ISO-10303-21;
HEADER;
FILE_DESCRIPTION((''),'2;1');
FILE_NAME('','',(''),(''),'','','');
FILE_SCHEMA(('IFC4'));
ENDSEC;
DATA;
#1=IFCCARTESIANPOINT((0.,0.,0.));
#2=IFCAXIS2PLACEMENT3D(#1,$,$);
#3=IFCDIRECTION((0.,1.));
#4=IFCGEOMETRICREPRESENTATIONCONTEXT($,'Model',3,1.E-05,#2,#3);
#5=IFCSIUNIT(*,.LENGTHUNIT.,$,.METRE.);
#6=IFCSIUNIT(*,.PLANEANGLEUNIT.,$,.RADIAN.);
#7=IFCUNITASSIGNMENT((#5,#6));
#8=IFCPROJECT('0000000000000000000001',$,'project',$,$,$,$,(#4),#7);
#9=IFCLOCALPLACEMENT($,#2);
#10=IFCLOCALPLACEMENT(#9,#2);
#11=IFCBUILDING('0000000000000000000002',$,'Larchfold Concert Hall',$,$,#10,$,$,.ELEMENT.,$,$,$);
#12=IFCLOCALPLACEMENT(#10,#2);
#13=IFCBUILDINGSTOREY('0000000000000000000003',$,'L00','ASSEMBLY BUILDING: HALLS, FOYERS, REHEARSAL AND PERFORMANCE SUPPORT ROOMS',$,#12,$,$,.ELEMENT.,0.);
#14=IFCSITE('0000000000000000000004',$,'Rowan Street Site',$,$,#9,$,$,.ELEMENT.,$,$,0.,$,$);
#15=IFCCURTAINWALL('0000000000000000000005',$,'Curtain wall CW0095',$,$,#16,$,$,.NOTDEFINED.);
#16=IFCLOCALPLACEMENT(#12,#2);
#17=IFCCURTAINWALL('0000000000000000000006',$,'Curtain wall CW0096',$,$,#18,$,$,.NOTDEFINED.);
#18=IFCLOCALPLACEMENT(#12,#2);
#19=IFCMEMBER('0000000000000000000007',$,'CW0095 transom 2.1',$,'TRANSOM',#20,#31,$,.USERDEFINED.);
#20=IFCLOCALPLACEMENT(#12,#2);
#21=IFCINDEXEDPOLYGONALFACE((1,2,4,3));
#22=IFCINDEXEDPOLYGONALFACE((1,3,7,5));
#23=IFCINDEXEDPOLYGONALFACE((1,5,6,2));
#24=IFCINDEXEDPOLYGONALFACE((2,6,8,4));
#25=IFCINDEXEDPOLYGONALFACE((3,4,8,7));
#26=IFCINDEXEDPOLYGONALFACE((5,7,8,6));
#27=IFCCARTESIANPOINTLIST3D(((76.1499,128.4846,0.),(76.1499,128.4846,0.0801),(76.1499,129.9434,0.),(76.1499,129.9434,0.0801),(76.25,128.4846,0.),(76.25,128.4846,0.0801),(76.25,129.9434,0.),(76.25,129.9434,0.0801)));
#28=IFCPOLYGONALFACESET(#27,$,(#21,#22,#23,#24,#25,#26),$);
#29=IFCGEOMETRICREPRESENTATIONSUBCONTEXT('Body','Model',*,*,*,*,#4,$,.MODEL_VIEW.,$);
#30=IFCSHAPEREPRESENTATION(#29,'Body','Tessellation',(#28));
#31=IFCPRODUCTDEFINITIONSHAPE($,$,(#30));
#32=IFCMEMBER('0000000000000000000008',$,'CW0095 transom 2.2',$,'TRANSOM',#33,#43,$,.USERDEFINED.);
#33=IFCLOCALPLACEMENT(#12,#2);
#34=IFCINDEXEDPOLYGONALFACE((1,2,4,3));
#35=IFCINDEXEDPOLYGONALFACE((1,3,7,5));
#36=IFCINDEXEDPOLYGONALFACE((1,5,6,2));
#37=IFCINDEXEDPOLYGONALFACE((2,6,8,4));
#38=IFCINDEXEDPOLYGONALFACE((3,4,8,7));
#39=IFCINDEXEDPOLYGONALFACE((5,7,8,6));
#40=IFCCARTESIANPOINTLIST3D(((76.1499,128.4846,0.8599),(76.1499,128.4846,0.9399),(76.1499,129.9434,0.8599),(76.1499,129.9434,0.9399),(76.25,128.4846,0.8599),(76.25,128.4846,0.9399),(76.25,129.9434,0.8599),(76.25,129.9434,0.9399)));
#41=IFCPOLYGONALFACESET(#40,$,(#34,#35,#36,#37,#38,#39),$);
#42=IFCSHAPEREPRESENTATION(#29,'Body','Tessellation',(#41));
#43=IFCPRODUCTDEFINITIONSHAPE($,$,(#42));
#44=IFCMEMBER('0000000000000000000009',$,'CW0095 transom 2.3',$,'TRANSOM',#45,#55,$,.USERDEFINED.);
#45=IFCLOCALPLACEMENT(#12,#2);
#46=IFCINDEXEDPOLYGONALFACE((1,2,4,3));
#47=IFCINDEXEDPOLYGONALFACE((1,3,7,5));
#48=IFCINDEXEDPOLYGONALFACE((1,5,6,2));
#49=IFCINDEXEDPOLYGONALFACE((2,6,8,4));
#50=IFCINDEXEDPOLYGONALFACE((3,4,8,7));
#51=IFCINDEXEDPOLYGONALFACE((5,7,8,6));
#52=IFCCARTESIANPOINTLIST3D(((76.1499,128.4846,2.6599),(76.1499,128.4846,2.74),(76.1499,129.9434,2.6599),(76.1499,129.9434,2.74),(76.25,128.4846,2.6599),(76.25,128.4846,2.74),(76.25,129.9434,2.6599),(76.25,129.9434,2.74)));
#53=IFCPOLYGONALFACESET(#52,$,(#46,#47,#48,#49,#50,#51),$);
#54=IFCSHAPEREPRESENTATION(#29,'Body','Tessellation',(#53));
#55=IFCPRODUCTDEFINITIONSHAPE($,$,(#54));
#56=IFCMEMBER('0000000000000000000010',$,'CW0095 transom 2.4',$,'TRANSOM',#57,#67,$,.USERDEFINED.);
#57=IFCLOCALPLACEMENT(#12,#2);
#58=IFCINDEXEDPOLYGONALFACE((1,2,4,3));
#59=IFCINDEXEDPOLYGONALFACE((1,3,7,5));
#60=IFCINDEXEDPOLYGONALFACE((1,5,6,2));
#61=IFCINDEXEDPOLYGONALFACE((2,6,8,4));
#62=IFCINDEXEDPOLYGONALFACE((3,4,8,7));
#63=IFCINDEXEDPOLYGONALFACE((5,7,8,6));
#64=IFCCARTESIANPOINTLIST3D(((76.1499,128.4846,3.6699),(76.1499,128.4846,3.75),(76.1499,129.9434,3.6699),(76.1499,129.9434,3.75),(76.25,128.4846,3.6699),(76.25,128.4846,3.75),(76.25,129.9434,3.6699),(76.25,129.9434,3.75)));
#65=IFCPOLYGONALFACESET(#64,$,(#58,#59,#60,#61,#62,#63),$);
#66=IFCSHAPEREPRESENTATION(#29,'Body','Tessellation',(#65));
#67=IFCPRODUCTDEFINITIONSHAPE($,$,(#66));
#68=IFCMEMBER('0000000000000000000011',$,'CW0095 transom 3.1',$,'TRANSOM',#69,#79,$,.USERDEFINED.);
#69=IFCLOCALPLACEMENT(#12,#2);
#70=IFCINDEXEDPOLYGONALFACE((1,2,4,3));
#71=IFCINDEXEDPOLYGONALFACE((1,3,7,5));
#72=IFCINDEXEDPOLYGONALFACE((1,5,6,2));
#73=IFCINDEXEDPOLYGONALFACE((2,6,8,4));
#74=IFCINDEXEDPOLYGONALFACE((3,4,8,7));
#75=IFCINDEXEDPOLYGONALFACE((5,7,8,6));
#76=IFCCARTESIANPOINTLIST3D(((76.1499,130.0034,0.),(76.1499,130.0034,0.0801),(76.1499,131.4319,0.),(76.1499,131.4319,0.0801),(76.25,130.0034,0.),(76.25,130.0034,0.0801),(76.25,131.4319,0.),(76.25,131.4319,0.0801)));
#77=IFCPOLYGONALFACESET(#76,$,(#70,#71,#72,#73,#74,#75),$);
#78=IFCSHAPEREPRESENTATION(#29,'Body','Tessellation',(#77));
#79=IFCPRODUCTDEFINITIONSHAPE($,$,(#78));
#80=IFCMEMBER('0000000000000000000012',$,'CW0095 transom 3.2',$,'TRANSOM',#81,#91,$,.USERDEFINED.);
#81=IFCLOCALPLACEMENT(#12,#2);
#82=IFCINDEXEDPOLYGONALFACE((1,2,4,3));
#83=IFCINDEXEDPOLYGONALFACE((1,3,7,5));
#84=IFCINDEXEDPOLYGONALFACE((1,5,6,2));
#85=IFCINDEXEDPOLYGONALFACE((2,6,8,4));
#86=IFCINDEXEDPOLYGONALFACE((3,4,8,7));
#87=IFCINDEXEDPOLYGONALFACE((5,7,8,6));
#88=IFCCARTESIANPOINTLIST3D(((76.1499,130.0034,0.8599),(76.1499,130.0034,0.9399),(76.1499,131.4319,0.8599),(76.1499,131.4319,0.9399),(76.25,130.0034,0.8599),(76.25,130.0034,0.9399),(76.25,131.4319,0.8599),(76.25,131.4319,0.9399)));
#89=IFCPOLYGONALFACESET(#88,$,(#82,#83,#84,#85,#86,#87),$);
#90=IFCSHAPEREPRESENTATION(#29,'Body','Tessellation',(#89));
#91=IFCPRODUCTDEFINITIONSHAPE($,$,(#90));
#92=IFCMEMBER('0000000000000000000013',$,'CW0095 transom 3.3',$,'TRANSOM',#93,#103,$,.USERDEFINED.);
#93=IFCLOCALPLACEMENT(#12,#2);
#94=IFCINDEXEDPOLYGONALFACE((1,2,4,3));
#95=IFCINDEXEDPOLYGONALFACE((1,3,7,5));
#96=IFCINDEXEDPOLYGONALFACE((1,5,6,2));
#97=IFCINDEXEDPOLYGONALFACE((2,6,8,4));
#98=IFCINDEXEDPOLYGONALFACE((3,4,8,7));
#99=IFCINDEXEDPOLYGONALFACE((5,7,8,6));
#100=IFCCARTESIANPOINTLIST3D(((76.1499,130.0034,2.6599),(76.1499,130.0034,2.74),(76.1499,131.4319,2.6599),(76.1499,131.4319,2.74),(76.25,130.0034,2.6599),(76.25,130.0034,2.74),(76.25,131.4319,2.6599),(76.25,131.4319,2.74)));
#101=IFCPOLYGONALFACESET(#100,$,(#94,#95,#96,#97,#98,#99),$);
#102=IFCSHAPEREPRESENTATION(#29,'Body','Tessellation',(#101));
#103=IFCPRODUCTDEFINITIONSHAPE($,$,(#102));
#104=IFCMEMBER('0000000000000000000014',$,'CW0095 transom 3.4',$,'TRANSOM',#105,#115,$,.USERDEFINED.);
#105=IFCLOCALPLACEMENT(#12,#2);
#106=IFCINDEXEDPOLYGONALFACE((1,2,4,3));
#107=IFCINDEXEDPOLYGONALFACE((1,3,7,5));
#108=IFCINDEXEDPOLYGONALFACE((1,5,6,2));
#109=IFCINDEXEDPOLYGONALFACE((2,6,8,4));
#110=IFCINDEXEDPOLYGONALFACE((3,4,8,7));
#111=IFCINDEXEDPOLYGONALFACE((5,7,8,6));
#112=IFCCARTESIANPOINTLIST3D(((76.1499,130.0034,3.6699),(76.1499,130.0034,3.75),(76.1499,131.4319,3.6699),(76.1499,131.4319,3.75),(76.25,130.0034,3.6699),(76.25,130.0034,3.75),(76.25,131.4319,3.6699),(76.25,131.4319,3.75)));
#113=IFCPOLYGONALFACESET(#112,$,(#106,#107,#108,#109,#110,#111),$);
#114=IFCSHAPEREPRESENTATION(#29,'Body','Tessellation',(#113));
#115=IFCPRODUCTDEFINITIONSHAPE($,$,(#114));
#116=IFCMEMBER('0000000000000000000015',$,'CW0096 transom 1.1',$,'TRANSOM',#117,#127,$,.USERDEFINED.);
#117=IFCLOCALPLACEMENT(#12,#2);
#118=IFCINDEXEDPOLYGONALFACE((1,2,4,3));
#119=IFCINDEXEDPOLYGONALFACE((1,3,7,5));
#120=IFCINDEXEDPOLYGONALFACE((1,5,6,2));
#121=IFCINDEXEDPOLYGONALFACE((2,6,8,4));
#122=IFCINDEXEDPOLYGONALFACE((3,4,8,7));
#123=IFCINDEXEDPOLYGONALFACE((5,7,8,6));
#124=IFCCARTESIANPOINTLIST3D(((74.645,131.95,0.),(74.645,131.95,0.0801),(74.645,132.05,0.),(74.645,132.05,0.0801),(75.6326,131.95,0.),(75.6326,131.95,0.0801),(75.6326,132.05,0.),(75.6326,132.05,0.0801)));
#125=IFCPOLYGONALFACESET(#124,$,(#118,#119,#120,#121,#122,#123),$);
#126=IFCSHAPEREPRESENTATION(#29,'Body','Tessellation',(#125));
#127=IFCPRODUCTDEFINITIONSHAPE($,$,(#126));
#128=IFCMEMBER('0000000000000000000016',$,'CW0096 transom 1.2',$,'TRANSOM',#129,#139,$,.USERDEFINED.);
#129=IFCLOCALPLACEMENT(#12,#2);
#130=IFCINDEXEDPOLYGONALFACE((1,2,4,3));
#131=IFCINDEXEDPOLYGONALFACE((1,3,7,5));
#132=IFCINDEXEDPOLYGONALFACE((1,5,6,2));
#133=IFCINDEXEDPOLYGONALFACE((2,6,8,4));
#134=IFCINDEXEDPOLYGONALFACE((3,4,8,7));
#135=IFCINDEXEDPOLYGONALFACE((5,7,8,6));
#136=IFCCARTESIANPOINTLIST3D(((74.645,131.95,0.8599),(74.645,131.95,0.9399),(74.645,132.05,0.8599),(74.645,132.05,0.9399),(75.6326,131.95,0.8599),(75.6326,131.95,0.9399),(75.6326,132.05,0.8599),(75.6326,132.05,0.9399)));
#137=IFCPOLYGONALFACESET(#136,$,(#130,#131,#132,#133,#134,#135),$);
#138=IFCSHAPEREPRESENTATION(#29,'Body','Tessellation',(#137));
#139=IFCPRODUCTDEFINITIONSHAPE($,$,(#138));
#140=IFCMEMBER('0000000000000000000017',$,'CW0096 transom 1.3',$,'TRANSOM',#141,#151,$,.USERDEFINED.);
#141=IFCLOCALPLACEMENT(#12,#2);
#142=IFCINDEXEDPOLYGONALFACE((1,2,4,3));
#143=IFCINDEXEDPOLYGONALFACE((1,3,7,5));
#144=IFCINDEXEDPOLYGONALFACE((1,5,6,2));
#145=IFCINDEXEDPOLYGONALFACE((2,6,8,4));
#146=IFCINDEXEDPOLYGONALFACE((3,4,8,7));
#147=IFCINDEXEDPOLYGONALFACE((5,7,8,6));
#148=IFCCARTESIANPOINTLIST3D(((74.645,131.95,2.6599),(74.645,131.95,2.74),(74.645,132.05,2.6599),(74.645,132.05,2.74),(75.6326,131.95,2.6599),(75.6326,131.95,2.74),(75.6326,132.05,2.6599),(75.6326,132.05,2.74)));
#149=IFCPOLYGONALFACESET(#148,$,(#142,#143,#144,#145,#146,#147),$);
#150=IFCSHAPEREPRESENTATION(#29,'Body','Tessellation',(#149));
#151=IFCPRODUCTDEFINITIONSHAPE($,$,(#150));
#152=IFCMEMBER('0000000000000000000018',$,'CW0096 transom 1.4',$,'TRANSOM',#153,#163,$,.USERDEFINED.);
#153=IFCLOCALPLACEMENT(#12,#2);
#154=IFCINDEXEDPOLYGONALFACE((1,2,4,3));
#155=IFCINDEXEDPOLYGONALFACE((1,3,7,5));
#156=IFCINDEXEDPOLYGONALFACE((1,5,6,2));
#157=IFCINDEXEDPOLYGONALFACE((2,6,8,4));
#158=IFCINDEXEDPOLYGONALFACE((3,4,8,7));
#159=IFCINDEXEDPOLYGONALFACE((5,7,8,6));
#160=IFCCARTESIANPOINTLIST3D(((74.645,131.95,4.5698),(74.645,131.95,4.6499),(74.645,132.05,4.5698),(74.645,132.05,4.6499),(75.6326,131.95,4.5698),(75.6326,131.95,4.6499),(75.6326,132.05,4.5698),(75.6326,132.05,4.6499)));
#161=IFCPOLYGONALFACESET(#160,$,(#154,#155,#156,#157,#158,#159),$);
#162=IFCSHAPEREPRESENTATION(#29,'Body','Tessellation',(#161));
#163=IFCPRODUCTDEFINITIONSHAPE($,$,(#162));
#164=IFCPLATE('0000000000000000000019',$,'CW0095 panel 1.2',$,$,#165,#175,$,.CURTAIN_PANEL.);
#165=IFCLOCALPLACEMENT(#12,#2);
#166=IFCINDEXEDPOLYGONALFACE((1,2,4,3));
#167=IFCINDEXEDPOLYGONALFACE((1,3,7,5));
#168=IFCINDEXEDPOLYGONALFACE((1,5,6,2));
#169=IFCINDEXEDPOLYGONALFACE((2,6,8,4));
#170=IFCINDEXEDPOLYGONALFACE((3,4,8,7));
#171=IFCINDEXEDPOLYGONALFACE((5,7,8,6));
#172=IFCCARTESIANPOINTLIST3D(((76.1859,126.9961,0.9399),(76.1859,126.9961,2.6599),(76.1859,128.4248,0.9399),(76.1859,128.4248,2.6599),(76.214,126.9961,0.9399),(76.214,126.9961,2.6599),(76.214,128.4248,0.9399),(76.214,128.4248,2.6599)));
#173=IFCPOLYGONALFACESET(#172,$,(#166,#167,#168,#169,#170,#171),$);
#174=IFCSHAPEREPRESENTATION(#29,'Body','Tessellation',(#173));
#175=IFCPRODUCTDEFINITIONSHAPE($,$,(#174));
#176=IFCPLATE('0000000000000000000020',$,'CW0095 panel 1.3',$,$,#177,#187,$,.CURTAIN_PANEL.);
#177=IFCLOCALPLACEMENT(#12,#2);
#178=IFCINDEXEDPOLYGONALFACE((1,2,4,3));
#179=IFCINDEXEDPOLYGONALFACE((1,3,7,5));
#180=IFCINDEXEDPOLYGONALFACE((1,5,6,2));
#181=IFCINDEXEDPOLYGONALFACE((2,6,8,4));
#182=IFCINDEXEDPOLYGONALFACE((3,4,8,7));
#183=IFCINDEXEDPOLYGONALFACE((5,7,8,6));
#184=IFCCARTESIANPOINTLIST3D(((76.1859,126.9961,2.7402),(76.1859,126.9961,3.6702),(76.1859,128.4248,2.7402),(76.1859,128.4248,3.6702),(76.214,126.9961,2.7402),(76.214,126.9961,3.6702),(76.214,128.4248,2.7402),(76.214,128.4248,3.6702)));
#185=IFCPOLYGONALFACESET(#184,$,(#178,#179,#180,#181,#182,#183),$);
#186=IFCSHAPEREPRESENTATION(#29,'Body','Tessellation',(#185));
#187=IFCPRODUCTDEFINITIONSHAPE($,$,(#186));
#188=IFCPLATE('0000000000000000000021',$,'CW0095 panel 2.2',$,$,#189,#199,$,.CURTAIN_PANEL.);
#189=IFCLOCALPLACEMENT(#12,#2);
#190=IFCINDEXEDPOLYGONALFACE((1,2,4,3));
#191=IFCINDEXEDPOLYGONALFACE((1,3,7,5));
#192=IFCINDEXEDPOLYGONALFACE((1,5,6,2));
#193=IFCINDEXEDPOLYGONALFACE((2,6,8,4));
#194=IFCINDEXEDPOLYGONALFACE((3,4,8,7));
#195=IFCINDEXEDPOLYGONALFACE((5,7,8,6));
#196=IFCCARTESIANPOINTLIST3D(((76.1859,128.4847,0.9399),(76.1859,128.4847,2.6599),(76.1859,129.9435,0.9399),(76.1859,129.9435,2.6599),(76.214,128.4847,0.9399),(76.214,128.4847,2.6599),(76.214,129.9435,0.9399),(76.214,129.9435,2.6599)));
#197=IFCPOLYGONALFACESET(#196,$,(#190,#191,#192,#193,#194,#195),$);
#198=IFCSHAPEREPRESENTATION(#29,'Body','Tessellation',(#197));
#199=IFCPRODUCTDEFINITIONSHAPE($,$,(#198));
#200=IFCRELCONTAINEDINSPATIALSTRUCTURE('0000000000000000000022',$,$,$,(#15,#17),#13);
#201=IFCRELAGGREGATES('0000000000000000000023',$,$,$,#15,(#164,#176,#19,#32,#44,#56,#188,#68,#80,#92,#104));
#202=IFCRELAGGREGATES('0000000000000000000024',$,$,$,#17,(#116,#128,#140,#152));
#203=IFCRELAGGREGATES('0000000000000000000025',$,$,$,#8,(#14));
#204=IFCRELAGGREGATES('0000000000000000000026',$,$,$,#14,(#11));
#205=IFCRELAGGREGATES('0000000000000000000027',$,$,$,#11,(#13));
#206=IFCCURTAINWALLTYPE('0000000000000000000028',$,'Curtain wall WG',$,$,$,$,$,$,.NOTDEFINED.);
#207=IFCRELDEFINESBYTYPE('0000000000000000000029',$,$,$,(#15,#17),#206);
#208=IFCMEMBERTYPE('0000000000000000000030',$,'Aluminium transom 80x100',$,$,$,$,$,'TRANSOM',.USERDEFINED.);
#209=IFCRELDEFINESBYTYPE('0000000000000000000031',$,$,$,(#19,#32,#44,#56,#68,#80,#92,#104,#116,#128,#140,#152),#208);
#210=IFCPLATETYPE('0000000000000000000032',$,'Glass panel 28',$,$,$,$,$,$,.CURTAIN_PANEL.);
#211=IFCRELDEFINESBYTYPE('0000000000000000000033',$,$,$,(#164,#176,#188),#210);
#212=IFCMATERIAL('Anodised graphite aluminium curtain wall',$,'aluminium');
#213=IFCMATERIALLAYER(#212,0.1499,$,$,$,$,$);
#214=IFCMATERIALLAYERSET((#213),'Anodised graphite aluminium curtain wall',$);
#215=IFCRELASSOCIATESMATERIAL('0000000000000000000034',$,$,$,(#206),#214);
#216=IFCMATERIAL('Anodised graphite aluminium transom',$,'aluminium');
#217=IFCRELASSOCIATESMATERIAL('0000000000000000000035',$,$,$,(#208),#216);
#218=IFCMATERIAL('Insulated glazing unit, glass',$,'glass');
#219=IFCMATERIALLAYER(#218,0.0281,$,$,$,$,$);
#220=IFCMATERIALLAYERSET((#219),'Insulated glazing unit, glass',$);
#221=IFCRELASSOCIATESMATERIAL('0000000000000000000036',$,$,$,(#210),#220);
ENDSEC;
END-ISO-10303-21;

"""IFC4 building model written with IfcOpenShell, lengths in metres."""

from ifc_helpers import new_model, si_unit, direction, frame, origin, origin_2d, place, context, subcontext, project, spatial, rectangle, extrude, material, layer, layer_set, material_profile, profile_set, type_object, element, aggregate, save


model = new_model("IFC4")

# Units and contexts
model_context = context("Model", 3, precision=1e-05, world=origin(), true_north=direction((0.0, 1.0)))
body_context = subcontext(model_context, "Body", "Model", "MODEL_VIEW")
ifc_project = project(units=[si_unit("LENGTHUNIT", "METRE"), si_unit("PLANEANGLEUNIT", "RADIAN")], contexts=[model_context])

# Site, building, storey
site_placement = place(None, origin())
site = spatial("IfcSite", under=ifc_project, at=site_placement, Name="Rowan Street Site", CompositionType="ELEMENT", RefElevation=0.0)
building_placement = place(site_placement, origin())
building = spatial("IfcBuilding", under=site, at=building_placement, Name="Larchfold Concert Hall", CompositionType="ELEMENT")
storey_placement = place(building_placement, origin())
storey = spatial("IfcBuildingStorey", under=building, at=storey_placement, Name="L00", Description="ASSEMBLY BUILDING: HALLS, FOYERS, REHEARSAL AND PERFORMANCE SUPPORT ROOMS", CompositionType="ELEMENT", Elevation=0.0)

# Curtain walls
ifc_material_1 = material(Name="Anodised graphite aluminium curtain wall", Category="aluminium")
ifc_layer_1 = layer(ifc_material_1, 0.1499)
ifc_layer_set_1 = layer_set([ifc_layer_1], Name="Anodised graphite aluminium curtain wall")
curtain_wall_type = type_object("IfcCurtainWallType", Name="Curtain wall WG", PredefinedType="NOTDEFINED", material=ifc_layer_set_1)
curtain_wall_1_placement = place(storey_placement, origin())
curtain_wall_1 = element("IfcCurtainWall", 1, at=curtain_wall_1_placement, inside=storey, type_object=curtain_wall_type, Name="Curtain wall CW0095", PredefinedType="NOTDEFINED")
curtain_wall_2_placement = place(storey_placement, origin())
curtain_wall_2 = element("IfcCurtainWall", 2, at=curtain_wall_2_placement, inside=storey, type_object=curtain_wall_type, Name="Curtain wall CW0096", PredefinedType="NOTDEFINED")

# Members
ifc_material_2 = material(Name="Anodised graphite aluminium transom", Category="aluminium")
ifc_material_profile_1 = material_profile(ifc_material_2, rectangle(XDim=0.1001, YDim=0.0801, at=origin_2d()))
ifc_profile_set_1 = profile_set([ifc_material_profile_1], Name="Anodised graphite aluminium transom")
member_type_1 = type_object("IfcMemberType", Name="Aluminium transom 80x100", ElementType="TRANSOM", PredefinedType="USERDEFINED", material=ifc_profile_set_1)
member_1_placement = place(storey_placement, frame((76.2, 128.4846, 0.04), z_axis=(0.0, 1.0, 0.0), x_axis=(-1.0, 0.0, 0.0)))
member_1 = element("IfcMember", 3, at=member_1_placement, type_object=member_type_1, Name="CW0095 transom 2.1", ObjectType="TRANSOM", PredefinedType="USERDEFINED", context=body_context, shape_type="SweptSolid", body=[
    extrude(rectangle(XDim=0.1001, YDim=0.0801, at=origin_2d()), origin(), (0.0, 0.0, 1.0), 1.4587),
])
member_2_placement = place(storey_placement, frame((76.2, 128.4846, 0.8999), z_axis=(0.0, 1.0, 0.0), x_axis=(-1.0, 0.0, 0.0)))
member_2 = element("IfcMember", 4, at=member_2_placement, type_object=member_type_1, Name="CW0095 transom 2.2", ObjectType="TRANSOM", PredefinedType="USERDEFINED", context=body_context, shape_type="SweptSolid", body=[
    extrude(rectangle(XDim=0.1001, YDim=0.0801, at=origin_2d()), origin(), (0.0, 0.0, 1.0), 1.4587),
])
member_3_placement = place(storey_placement, frame((76.2, 128.4846, 2.7), z_axis=(0.0, 1.0, 0.0), x_axis=(-1.0, 0.0, 0.0)))
member_3 = element("IfcMember", 5, at=member_3_placement, type_object=member_type_1, Name="CW0095 transom 2.3", ObjectType="TRANSOM", PredefinedType="USERDEFINED", context=body_context, shape_type="SweptSolid", body=[
    extrude(rectangle(XDim=0.1001, YDim=0.0801, at=origin_2d()), origin(), (0.0, 0.0, 1.0), 1.4587),
])
member_4_placement = place(storey_placement, frame((76.2, 128.4846, 3.71), z_axis=(0.0, 1.0, 0.0), x_axis=(-1.0, 0.0, 0.0)))
member_4 = element("IfcMember", 6, at=member_4_placement, type_object=member_type_1, Name="CW0095 transom 2.4", ObjectType="TRANSOM", PredefinedType="USERDEFINED", context=body_context, shape_type="SweptSolid", body=[
    extrude(rectangle(XDim=0.1001, YDim=0.0801, at=origin_2d()), origin(), (0.0, 0.0, 1.0), 1.4587),
])
member_5_placement = place(storey_placement, frame((76.2, 130.0034, 0.04), z_axis=(0.0, 1.0, 0.0), x_axis=(-1.0, 0.0, 0.0)))
member_5 = element("IfcMember", 7, at=member_5_placement, type_object=member_type_1, Name="CW0095 transom 3.1", ObjectType="TRANSOM", PredefinedType="USERDEFINED", context=body_context, shape_type="SweptSolid", body=[
    extrude(rectangle(XDim=0.1001, YDim=0.0801, at=origin_2d()), origin(), (0.0, 0.0, 1.0), 1.4285),
])
member_6_placement = place(storey_placement, frame((76.2, 130.0034, 0.8999), z_axis=(0.0, 1.0, 0.0), x_axis=(-1.0, 0.0, 0.0)))
member_6 = element("IfcMember", 8, at=member_6_placement, type_object=member_type_1, Name="CW0095 transom 3.2", ObjectType="TRANSOM", PredefinedType="USERDEFINED", context=body_context, shape_type="SweptSolid", body=[
    extrude(rectangle(XDim=0.1001, YDim=0.0801, at=origin_2d()), origin(), (0.0, 0.0, 1.0), 1.4285),
])
member_7_placement = place(storey_placement, frame((76.2, 130.0034, 2.7), z_axis=(0.0, 1.0, 0.0), x_axis=(-1.0, 0.0, 0.0)))
member_7 = element("IfcMember", 9, at=member_7_placement, type_object=member_type_1, Name="CW0095 transom 3.3", ObjectType="TRANSOM", PredefinedType="USERDEFINED", context=body_context, shape_type="SweptSolid", body=[
    extrude(rectangle(XDim=0.1001, YDim=0.0801, at=origin_2d()), origin(), (0.0, 0.0, 1.0), 1.4285),
])
member_8_placement = place(storey_placement, frame((76.2, 130.0034, 3.71), z_axis=(0.0, 1.0, 0.0), x_axis=(-1.0, 0.0, 0.0)))
member_8 = element("IfcMember", 10, at=member_8_placement, type_object=member_type_1, Name="CW0095 transom 3.4", ObjectType="TRANSOM", PredefinedType="USERDEFINED", context=body_context, shape_type="SweptSolid", body=[
    extrude(rectangle(XDim=0.1001, YDim=0.0801, at=origin_2d()), origin(), (0.0, 0.0, 1.0), 1.4285),
])
member_9_placement = place(storey_placement, frame((75.6326, 132.0, 0.04), z_axis=(-1.0, 0.0, 0.0), x_axis=(0.0, -1.0, 0.0)))
member_9 = element("IfcMember", 11, at=member_9_placement, type_object=member_type_1, Name="CW0096 transom 1.1", ObjectType="TRANSOM", PredefinedType="USERDEFINED", context=body_context, shape_type="SweptSolid", body=[
    extrude(rectangle(XDim=0.1001, YDim=0.0801, at=origin_2d()), origin(), (0.0, 0.0, 1.0), 0.9875),
])
member_10_placement = place(storey_placement, frame((75.6326, 132.0, 0.8999), z_axis=(-1.0, 0.0, 0.0), x_axis=(0.0, -1.0, 0.0)))
member_10 = element("IfcMember", 12, at=member_10_placement, type_object=member_type_1, Name="CW0096 transom 1.2", ObjectType="TRANSOM", PredefinedType="USERDEFINED", context=body_context, shape_type="SweptSolid", body=[
    extrude(rectangle(XDim=0.1001, YDim=0.0801, at=origin_2d()), origin(), (0.0, 0.0, 1.0), 0.9875),
])
member_11_placement = place(storey_placement, frame((75.6326, 132.0, 2.7), z_axis=(-1.0, 0.0, 0.0), x_axis=(0.0, -1.0, 0.0)))
member_11 = element("IfcMember", 13, at=member_11_placement, type_object=member_type_1, Name="CW0096 transom 1.3", ObjectType="TRANSOM", PredefinedType="USERDEFINED", context=body_context, shape_type="SweptSolid", body=[
    extrude(rectangle(XDim=0.1001, YDim=0.0801, at=origin_2d()), origin(), (0.0, 0.0, 1.0), 0.9875),
])
member_12_placement = place(storey_placement, frame((75.6326, 132.0, 4.6099), z_axis=(-1.0, 0.0, 0.0), x_axis=(0.0, -1.0, 0.0)))
member_12 = element("IfcMember", 14, at=member_12_placement, type_object=member_type_1, Name="CW0096 transom 1.4", ObjectType="TRANSOM", PredefinedType="USERDEFINED", context=body_context, shape_type="SweptSolid", body=[
    extrude(rectangle(XDim=0.1001, YDim=0.0801, at=origin_2d()), origin(), (0.0, 0.0, 1.0), 0.9875),
])

# Plates
ifc_material_3 = material(Name="Insulated glazing unit, glass", Category="glass")
ifc_layer_2 = layer(ifc_material_3, 0.0281)
ifc_layer_set_2 = layer_set([ifc_layer_2], Name="Insulated glazing unit, glass")
plate_type_1 = type_object("IfcPlateType", Name="Glass panel 28", PredefinedType="CURTAIN_PANEL", material=ifc_layer_set_2)
plate_1_placement = place(storey_placement, frame((76.2, 127.7104, 0.9399), z_axis=(0.0, 0.0, 1.0), x_axis=(0.0, 1.0, 0.0)))
plate_1 = element("IfcPlate", 15, at=plate_1_placement, type_object=plate_type_1, Name="CW0095 panel 1.2", PredefinedType="CURTAIN_PANEL", context=body_context, shape_type="SweptSolid", body=[
    extrude(rectangle(XDim=1.4287, YDim=0.0281, at=origin_2d()), origin(), (0.0, 0.0, 1.0), 1.72),
])
plate_2_placement = place(storey_placement, frame((76.2, 127.7104, 2.7402), z_axis=(0.0, 0.0, 1.0), x_axis=(0.0, 1.0, 0.0)))
plate_2 = element("IfcPlate", 16, at=plate_2_placement, type_object=plate_type_1, Name="CW0095 panel 1.3", PredefinedType="CURTAIN_PANEL", context=body_context, shape_type="SweptSolid", body=[
    extrude(rectangle(XDim=1.4287, YDim=0.0281, at=origin_2d()), origin(), (0.0, 0.0, 1.0), 0.9299),
])
plate_3_placement = place(storey_placement, frame((76.2, 129.2141, 0.9399), z_axis=(0.0, 0.0, 1.0), x_axis=(0.0, 1.0, 0.0)))
plate_3 = element("IfcPlate", 17, at=plate_3_placement, type_object=plate_type_1, Name="CW0095 panel 2.2", PredefinedType="CURTAIN_PANEL", context=body_context, shape_type="SweptSolid", body=[
    extrude(rectangle(XDim=1.4587, YDim=0.0281, at=origin_2d()), origin(), (0.0, 0.0, 1.0), 1.72),
])
aggregate(curtain_wall_1, [plate_1, plate_2, member_1, member_2, member_3, member_4, plate_3, member_5, member_6, member_7, member_8])
aggregate(curtain_wall_2, [member_9, member_10, member_11, member_12])

save(model, "model.ifc")
